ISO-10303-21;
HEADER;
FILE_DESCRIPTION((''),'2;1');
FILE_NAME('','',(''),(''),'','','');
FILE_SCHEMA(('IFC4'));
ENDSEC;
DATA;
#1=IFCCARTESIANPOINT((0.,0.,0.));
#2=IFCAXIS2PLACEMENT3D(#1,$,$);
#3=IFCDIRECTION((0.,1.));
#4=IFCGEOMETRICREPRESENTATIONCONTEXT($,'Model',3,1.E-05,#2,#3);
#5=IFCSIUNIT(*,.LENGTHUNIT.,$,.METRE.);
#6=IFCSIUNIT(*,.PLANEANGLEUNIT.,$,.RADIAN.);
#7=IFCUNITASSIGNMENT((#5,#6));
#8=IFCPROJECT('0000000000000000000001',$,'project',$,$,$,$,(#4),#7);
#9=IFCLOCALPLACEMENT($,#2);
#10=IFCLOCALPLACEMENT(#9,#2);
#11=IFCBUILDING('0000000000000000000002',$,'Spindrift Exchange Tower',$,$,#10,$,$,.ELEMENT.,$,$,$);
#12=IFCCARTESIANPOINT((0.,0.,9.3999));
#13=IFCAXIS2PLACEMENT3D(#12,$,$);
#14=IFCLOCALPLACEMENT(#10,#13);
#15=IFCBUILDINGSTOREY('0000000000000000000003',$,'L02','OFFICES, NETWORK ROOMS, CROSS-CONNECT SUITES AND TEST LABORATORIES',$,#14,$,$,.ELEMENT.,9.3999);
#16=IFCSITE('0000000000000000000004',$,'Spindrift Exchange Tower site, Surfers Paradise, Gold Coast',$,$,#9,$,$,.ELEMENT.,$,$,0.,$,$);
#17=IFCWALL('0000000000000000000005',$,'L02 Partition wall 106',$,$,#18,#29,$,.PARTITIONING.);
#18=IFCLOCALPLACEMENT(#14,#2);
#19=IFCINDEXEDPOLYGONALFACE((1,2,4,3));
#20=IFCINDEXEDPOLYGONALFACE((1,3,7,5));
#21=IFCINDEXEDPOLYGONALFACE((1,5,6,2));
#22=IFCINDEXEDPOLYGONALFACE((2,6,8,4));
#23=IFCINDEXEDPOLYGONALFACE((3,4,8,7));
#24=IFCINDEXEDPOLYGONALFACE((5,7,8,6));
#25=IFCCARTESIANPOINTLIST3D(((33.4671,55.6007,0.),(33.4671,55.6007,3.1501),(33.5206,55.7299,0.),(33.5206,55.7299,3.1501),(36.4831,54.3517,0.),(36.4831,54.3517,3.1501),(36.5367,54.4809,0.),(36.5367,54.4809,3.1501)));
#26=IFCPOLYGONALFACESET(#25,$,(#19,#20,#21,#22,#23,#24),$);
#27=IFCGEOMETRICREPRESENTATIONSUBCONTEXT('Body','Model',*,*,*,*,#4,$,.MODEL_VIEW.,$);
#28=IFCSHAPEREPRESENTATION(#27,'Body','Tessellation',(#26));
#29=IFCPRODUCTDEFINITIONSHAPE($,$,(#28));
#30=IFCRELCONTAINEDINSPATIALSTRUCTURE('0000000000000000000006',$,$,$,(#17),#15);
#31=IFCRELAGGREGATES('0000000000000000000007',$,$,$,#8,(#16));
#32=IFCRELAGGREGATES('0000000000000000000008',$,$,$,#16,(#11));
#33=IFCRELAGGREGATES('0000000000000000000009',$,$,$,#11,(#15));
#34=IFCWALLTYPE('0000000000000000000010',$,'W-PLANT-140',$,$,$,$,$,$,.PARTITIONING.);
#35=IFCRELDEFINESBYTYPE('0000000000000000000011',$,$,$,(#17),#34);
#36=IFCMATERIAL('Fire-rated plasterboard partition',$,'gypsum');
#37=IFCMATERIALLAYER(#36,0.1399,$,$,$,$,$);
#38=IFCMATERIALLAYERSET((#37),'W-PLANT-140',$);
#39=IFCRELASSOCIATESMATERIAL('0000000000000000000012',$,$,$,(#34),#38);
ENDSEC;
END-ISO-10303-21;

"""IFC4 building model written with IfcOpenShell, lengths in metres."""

from ifc_helpers import new_model, si_unit, direction, frame, frame_2d, origin, place, context, subcontext, project, spatial, rectangle, extrude, material, layer, layer_set, type_object, element, save


model = new_model("IFC4")

# Units and contexts
model_context = context("Model", 3, precision=1e-05, world=origin(), true_north=direction((0.0, 1.0)))
body_context = subcontext(model_context, "Body", "Model", "MODEL_VIEW")
ifc_project = project(units=[si_unit("LENGTHUNIT", "METRE"), si_unit("PLANEANGLEUNIT", "RADIAN")], contexts=[model_context])

# Site, building, storey
site_placement = place(None, origin())
site = spatial("IfcSite", under=ifc_project, at=site_placement, Name="Spindrift Exchange Tower site, Surfers Paradise, Gold Coast", CompositionType="ELEMENT", RefElevation=0.0)
building_placement = place(site_placement, origin())
building = spatial("IfcBuilding", under=site, at=building_placement, Name="Spindrift Exchange Tower", CompositionType="ELEMENT")
storey_placement = place(building_placement, frame((0.0, 0.0, 9.3999)))
storey = spatial("IfcBuildingStorey", under=building, at=storey_placement, Name="L02", Description="OFFICES, NETWORK ROOMS, CROSS-CONNECT SUITES AND TEST LABORATORIES", CompositionType="ELEMENT", Elevation=9.3999)

# Wall
ifc_material_1 = material(Name="Fire-rated plasterboard partition", Category="gypsum")
ifc_layer = layer(ifc_material_1, 0.1399)
ifc_layer_set = layer_set([ifc_layer], Name="W-PLANT-140")
wall_type = type_object("IfcWallType", Name="W-PLANT-140", PredefinedType="PARTITIONING", material=ifc_layer_set)
wall_1_placement = place(storey_placement, frame((36.51, 54.4163, 0.0), z_axis=(0.0, 0.0, 1.0), x_axis=(-0.923911, 0.382607, 0.0)))
element("IfcWall", 1, at=wall_1_placement, inside=storey, type_object=wall_type, Name="L02 Partition wall 106", PredefinedType="PARTITIONING", context=body_context, shape_type="SweptSolid", body=[
    extrude(rectangle(XDim=3.2644, YDim=0.1399, at=frame_2d((1.6323, 0.0))), origin(), (0.0, 0.0, 1.0), 3.1501),
])

save(model, "model.ifc")
